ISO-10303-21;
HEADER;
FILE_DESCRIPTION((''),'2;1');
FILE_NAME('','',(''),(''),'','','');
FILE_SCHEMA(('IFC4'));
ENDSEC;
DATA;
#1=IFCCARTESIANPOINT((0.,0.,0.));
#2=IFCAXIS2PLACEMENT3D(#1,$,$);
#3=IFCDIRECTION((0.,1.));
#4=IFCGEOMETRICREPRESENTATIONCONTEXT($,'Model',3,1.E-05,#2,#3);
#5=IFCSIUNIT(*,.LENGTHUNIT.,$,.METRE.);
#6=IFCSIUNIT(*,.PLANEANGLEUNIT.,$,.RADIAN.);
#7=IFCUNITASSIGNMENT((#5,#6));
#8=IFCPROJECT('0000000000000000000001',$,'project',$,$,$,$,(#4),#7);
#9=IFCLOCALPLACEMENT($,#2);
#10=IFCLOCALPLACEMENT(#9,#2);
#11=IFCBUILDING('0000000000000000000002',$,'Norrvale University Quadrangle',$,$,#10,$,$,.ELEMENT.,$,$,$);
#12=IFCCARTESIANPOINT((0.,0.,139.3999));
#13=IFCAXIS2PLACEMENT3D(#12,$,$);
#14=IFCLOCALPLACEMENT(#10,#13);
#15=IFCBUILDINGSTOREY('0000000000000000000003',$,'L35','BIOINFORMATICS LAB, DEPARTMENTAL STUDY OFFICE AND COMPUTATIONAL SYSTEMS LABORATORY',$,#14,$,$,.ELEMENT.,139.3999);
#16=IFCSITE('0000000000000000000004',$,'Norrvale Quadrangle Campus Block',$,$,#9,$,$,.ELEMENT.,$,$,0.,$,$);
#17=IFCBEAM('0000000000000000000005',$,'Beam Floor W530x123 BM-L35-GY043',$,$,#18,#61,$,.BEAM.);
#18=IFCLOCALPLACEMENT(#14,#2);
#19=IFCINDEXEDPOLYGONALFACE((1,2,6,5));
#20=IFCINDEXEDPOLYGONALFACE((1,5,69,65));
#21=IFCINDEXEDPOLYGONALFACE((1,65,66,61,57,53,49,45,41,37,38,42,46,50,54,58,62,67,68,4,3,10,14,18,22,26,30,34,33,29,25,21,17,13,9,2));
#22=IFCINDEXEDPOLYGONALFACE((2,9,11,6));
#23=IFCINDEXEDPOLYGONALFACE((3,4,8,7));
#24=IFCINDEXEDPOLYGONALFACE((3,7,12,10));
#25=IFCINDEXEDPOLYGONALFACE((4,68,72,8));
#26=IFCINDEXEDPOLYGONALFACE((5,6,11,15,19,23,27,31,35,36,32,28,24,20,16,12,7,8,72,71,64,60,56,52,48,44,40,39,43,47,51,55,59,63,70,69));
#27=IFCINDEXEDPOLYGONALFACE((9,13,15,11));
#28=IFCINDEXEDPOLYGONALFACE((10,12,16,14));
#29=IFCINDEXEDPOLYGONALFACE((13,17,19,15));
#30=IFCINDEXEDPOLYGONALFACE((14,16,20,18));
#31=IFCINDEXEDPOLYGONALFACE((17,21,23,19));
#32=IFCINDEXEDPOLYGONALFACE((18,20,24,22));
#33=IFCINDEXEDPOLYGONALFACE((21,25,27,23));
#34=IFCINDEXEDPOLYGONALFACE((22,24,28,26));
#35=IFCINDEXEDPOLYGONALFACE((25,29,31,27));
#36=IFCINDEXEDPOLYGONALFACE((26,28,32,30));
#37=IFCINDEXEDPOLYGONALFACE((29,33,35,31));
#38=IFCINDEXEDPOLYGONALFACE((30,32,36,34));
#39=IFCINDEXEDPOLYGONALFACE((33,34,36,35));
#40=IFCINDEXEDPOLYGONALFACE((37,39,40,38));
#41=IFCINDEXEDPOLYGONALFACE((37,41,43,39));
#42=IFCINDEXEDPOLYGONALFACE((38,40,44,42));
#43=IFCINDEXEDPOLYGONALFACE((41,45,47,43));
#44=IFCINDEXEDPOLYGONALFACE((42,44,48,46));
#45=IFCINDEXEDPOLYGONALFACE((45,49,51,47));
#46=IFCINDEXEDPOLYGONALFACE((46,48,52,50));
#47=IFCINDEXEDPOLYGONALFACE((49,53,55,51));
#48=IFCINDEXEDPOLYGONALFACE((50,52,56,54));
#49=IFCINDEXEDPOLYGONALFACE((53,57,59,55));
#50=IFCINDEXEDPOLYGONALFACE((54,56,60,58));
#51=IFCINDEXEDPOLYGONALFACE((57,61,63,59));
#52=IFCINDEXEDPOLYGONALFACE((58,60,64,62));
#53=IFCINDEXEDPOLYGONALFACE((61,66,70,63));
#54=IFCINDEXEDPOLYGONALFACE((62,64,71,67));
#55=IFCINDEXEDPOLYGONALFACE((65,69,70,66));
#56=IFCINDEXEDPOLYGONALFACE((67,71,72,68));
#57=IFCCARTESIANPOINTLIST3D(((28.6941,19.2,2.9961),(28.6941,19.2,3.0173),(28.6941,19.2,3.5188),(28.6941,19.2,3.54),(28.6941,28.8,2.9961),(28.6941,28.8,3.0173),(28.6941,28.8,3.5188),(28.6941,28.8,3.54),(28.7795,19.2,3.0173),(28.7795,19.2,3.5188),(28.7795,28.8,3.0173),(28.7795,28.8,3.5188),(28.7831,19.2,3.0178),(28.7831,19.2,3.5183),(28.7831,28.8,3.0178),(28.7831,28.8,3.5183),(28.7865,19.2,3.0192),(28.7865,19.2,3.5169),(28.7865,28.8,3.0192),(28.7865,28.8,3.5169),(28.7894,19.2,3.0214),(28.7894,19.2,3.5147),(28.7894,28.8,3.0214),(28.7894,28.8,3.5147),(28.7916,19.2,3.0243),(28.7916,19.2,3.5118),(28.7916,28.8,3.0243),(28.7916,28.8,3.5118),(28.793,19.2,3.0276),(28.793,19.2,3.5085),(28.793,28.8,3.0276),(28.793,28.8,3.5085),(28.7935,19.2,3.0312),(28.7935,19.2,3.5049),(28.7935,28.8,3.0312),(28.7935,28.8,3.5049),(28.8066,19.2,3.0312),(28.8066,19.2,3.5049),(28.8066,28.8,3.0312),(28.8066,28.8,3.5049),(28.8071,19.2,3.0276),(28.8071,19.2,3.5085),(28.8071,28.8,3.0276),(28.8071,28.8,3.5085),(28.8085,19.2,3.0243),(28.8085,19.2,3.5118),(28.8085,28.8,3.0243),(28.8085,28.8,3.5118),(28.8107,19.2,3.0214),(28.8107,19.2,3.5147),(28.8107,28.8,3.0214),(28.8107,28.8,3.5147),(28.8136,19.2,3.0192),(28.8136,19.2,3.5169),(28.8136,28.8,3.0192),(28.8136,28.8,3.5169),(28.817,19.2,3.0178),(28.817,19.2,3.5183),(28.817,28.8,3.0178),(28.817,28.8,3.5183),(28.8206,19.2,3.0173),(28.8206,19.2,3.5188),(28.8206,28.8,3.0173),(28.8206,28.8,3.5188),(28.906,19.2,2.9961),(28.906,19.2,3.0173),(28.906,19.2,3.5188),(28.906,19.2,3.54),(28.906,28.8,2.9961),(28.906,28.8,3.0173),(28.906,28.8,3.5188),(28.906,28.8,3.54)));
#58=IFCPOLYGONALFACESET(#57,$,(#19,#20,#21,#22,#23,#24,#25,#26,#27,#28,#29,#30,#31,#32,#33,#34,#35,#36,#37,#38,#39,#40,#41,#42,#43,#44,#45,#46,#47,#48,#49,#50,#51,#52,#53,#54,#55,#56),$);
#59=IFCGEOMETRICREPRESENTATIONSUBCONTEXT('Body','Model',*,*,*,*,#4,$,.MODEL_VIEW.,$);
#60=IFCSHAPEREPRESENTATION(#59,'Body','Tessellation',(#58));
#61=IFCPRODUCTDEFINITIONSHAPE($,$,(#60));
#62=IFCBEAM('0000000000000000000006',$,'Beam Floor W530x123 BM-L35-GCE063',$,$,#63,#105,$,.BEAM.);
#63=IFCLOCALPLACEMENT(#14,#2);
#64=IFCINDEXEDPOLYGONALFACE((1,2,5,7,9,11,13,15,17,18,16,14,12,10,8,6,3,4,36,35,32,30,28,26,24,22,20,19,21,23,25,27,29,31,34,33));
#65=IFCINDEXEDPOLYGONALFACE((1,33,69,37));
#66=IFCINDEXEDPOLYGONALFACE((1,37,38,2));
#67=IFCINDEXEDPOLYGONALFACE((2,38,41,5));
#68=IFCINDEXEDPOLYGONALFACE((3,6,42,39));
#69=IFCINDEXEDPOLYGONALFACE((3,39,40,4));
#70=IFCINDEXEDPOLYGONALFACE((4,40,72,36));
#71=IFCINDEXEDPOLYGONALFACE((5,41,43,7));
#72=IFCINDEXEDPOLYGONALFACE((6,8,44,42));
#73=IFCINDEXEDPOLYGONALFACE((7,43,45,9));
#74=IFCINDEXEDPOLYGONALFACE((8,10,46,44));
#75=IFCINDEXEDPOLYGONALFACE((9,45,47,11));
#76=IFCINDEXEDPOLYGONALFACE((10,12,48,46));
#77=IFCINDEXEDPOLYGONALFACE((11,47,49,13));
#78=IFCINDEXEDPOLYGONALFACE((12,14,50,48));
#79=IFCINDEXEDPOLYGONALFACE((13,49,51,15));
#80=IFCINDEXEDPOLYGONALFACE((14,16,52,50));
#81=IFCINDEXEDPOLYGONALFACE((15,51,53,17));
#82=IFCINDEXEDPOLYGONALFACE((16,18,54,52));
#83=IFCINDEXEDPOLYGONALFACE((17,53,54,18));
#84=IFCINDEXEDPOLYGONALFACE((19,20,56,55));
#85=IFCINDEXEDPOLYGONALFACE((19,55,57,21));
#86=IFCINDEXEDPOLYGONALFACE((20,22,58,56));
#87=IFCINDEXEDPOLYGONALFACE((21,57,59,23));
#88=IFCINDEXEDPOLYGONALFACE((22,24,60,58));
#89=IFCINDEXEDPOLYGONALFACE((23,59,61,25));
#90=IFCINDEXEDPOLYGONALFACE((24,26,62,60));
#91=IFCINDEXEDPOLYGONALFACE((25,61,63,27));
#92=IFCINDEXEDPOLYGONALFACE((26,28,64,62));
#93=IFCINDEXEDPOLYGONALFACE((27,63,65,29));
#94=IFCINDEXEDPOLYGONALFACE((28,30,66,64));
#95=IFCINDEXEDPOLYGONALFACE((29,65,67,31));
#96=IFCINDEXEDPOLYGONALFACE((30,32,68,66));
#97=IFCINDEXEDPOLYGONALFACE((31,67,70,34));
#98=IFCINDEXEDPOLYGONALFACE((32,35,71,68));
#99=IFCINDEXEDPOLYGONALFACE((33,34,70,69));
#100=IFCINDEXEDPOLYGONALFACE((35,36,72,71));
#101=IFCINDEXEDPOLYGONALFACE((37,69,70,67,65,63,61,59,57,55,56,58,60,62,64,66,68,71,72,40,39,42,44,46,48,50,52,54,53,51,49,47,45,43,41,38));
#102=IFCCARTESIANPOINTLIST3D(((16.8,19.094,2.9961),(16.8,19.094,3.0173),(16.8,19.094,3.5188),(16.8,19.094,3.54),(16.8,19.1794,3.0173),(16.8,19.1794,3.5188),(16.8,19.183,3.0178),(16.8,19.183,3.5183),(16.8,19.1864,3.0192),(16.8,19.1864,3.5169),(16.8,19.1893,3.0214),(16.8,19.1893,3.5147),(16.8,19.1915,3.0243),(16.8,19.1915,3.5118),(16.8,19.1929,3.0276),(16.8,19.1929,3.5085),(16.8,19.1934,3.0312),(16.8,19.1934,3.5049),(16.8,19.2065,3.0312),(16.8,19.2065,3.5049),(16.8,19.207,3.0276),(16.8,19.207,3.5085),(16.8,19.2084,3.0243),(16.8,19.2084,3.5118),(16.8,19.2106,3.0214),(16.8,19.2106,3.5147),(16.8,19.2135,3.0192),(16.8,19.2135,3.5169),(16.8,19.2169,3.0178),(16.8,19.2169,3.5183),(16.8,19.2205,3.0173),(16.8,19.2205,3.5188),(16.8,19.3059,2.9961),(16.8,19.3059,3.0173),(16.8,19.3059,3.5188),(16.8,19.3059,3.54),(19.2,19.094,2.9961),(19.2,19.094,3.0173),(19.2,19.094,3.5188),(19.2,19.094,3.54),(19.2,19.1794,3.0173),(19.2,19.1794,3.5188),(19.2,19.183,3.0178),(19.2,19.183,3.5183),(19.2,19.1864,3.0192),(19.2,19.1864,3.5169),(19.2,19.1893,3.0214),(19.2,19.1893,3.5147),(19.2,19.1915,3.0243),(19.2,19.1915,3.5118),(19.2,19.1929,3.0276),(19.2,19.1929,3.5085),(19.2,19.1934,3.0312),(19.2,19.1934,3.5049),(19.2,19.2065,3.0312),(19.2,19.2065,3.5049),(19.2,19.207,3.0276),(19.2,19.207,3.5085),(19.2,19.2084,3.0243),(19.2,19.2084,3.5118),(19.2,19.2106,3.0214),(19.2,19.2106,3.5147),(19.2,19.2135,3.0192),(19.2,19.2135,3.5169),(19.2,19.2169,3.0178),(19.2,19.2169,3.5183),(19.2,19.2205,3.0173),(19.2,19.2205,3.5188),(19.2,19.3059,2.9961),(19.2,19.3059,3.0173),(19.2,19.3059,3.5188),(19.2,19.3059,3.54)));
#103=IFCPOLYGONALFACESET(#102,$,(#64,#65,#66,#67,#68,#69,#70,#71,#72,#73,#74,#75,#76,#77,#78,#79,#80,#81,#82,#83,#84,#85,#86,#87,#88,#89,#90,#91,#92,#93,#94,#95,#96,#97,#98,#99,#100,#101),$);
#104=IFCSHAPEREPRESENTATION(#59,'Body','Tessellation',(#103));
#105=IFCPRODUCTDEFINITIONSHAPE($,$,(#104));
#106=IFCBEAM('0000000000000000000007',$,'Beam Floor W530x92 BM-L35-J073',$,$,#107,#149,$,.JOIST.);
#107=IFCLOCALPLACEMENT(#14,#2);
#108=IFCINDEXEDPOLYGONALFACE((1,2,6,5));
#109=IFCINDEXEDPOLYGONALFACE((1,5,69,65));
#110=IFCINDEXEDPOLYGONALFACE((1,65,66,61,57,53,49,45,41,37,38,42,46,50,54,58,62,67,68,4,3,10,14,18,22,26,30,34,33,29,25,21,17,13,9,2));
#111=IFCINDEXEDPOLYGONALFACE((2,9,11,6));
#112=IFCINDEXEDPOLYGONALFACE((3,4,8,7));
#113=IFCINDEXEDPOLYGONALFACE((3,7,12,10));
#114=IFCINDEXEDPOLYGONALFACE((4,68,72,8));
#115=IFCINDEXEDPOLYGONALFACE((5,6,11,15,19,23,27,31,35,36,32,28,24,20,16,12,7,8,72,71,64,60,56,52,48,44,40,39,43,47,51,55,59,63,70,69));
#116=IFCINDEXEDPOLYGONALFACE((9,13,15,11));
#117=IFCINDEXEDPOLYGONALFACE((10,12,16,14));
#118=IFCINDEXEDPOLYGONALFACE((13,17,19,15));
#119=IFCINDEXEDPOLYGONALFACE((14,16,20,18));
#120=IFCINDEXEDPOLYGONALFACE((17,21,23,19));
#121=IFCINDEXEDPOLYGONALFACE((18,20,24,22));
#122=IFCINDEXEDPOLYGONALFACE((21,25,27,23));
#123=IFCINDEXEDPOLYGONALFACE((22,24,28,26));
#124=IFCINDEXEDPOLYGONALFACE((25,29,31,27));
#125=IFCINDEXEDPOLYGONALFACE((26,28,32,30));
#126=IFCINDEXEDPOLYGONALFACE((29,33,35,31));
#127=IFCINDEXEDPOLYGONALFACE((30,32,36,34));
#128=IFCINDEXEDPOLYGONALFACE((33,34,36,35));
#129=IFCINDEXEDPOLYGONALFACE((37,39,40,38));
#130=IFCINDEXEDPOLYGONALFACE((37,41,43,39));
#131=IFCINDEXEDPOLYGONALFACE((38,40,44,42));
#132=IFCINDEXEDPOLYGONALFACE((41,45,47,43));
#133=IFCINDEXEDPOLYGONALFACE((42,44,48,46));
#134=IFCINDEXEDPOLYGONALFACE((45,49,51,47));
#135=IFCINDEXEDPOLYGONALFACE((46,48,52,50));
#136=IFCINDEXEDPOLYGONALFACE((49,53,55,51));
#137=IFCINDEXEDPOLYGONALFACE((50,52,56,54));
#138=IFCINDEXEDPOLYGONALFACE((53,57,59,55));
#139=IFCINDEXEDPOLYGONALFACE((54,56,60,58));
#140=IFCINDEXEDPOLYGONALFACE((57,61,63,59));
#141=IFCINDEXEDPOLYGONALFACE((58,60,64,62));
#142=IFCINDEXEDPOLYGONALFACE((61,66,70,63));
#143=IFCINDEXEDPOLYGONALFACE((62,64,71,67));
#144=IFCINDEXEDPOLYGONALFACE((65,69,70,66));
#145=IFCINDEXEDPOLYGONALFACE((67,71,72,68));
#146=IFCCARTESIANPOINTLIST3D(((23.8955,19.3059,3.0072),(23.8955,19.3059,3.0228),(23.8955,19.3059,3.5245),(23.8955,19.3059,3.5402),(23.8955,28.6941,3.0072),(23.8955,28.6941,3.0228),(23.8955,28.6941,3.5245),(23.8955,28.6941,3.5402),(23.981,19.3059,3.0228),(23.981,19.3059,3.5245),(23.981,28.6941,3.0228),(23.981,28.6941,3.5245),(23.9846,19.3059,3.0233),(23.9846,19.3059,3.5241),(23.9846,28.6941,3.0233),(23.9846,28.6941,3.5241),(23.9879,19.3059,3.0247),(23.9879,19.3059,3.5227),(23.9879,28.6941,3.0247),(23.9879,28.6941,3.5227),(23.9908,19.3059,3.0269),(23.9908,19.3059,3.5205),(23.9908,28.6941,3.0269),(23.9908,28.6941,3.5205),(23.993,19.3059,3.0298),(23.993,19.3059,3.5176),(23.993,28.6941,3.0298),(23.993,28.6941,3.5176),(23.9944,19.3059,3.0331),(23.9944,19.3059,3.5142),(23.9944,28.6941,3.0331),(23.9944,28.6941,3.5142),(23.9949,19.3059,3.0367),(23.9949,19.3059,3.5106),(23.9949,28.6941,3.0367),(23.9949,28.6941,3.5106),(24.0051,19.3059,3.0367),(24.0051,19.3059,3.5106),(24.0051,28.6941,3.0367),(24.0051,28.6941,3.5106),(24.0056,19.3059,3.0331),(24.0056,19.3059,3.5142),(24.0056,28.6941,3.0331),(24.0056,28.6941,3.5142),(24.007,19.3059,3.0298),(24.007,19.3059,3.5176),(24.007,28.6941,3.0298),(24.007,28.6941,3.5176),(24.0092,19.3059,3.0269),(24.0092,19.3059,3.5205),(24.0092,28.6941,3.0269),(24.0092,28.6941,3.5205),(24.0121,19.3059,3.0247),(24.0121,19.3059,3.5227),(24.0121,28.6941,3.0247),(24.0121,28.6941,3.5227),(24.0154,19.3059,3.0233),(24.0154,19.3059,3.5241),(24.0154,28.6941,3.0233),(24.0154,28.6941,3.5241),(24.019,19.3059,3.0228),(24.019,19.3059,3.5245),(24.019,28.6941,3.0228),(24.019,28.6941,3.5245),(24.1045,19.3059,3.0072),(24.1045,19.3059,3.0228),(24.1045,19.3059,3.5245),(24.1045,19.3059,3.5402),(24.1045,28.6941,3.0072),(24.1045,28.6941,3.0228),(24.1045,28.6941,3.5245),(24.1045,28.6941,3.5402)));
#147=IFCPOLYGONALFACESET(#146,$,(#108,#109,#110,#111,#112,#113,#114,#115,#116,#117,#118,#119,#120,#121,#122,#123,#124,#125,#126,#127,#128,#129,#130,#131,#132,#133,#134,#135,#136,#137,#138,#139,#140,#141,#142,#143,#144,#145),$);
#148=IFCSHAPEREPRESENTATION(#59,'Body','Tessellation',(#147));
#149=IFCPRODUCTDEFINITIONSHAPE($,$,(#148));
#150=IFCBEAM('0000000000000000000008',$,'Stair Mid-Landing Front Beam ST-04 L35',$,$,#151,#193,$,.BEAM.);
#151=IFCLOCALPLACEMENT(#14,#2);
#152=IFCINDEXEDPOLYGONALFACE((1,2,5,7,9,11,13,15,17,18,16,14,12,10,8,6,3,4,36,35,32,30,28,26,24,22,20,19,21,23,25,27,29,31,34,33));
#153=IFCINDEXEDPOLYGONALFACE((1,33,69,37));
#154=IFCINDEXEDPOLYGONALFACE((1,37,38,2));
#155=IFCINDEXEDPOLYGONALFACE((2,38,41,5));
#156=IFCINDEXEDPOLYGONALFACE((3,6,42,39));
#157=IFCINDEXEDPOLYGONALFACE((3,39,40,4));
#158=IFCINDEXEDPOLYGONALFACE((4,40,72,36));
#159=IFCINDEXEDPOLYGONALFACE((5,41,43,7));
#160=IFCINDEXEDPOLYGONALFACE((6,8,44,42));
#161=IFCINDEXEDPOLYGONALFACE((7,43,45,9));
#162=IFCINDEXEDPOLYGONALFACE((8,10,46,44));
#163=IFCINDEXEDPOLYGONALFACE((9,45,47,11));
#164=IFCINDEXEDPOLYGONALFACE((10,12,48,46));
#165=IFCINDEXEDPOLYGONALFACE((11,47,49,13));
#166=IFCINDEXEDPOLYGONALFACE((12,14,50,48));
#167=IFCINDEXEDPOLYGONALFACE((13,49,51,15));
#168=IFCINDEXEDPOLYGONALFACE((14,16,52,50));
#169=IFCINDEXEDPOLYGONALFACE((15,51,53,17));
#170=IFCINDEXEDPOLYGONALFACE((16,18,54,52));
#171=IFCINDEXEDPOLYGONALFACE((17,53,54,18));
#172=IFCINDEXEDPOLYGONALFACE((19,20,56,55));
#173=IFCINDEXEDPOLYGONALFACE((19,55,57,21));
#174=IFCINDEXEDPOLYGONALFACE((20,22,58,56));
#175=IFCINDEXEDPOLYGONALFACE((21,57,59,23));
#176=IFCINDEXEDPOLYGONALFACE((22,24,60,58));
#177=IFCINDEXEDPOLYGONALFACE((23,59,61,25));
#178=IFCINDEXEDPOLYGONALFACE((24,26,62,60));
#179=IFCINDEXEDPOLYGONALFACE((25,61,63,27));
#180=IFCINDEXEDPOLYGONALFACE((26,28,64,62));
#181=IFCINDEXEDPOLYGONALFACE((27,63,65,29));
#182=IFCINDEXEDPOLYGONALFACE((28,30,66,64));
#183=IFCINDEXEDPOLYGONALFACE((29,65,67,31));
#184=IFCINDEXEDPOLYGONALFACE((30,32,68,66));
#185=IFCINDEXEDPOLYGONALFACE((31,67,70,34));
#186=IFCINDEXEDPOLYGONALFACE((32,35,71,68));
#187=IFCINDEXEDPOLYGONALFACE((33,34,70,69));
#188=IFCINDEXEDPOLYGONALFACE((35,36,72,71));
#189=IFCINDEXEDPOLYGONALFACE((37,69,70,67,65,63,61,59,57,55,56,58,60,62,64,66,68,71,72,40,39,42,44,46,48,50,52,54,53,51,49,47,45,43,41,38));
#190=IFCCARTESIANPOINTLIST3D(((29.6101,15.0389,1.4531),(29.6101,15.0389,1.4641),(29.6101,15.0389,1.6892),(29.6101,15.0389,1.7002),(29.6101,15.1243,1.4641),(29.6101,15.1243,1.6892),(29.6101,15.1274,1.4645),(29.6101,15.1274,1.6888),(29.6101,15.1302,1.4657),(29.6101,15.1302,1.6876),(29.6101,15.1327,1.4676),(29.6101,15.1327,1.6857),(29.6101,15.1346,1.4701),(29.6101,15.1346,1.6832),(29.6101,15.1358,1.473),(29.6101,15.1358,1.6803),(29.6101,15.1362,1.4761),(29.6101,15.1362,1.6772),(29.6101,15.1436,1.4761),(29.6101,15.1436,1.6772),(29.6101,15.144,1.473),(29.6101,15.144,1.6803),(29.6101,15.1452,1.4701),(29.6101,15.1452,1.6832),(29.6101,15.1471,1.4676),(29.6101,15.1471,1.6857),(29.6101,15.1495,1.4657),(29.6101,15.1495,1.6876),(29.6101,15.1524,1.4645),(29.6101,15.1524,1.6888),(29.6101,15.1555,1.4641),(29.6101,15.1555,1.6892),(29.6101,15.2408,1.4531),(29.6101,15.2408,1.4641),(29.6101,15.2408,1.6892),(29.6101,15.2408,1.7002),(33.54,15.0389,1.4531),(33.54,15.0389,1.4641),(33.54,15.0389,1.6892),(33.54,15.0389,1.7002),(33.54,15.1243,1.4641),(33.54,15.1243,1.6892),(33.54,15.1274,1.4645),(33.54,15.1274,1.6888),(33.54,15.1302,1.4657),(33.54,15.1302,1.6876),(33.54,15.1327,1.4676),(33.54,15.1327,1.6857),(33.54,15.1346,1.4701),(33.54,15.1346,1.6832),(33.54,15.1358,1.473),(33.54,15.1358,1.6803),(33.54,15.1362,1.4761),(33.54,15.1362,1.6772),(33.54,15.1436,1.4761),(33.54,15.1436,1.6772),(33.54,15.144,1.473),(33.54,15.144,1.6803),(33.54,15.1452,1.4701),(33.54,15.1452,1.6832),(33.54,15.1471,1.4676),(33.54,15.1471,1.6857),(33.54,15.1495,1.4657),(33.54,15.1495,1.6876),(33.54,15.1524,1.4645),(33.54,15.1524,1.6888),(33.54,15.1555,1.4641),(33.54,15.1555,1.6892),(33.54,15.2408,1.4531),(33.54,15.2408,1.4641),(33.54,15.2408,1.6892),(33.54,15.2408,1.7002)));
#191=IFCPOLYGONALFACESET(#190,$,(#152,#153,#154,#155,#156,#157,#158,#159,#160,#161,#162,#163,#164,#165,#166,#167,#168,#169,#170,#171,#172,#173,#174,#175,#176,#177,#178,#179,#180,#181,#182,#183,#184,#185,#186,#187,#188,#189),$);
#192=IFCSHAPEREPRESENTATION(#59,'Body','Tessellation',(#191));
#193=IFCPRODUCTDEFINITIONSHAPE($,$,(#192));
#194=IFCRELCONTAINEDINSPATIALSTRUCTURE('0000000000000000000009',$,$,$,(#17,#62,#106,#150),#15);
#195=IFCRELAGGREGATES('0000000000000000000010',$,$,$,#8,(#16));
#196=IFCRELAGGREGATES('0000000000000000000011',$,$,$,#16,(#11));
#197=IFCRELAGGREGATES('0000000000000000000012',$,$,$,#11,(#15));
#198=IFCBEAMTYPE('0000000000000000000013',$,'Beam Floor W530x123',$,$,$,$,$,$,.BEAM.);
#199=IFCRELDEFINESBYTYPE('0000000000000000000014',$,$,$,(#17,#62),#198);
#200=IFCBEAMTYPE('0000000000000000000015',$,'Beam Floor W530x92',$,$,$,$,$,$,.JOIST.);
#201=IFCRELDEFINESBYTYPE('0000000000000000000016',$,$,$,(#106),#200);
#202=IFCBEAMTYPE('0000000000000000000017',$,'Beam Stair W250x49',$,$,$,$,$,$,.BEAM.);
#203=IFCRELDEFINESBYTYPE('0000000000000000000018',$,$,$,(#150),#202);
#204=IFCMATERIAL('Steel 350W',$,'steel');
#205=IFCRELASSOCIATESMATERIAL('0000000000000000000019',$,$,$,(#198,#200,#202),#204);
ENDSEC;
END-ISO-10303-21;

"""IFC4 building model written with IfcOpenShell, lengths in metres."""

from ifc_helpers import new_model, si_unit, direction, frame, origin, origin_2d, place, context, subcontext, project, spatial, i_section, extrude, material, material_profile, profile_set, type_object, element, save


model = new_model("IFC4")

# Units and contexts
model_context = context("Model", 3, precision=1e-05, world=origin(), true_north=direction((0.0, 1.0)))
body_context = subcontext(model_context, "Body", "Model", "MODEL_VIEW")
ifc_project = project(units=[si_unit("LENGTHUNIT", "METRE"), si_unit("PLANEANGLEUNIT", "RADIAN")], contexts=[model_context])

# Site, building, storey
site_placement = place(None, origin())
site = spatial("IfcSite", under=ifc_project, at=site_placement, Name="Norrvale Quadrangle Campus Block", CompositionType="ELEMENT", RefElevation=0.0)
building_placement = place(site_placement, origin())
building = spatial("IfcBuilding", under=site, at=building_placement, Name="Norrvale University Quadrangle", CompositionType="ELEMENT")
storey_placement = place(building_placement, frame((0.0, 0.0, 139.3999)))
storey = spatial("IfcBuildingStorey", under=building, at=storey_placement, Name="L35", Description="BIOINFORMATICS LAB, DEPARTMENTAL STUDY OFFICE AND COMPUTATIONAL SYSTEMS LABORATORY", CompositionType="ELEMENT", Elevation=139.3999)

# Beams
ifc_material_1 = material(Name="Steel 350W", Category="steel")
ifc_material_profile_1 = material_profile(ifc_material_1, i_section(OverallWidth=0.2119, OverallDepth=0.5439, WebThickness=0.0132, FlangeThickness=0.0212, FilletRadius=0.0139, at=origin_2d()), Name="Steel 350W")
ifc_profile_set_1 = profile_set([ifc_material_profile_1], Name="Steel 350W")
beam_type_1 = type_object("IfcBeamType", Name="Beam Floor W530x123", PredefinedType="BEAM", material=ifc_profile_set_1)
for number, where, z_axis, x_axis, name in (
    (1, (28.8, 19.2, 3.2681), (0.0, 1.0, 0.0), (-1.0, 0.0, 0.0), "Beam Floor W530x123 BM-L35-GY043"),
):
    element("IfcBeam", number, at=place(storey_placement, frame(where, z_axis=z_axis, x_axis=x_axis)), inside=storey, type_object=beam_type_1, Name=name, PredefinedType="BEAM", context=body_context, shape_type="SweptSolid", body=[
        extrude(i_section(OverallWidth=0.2119, OverallDepth=0.5439, WebThickness=0.0132, FlangeThickness=0.0212, FilletRadius=0.0139, at=origin_2d()), origin(), (0.0, 0.0, 1.0), 9.6001),
    ])
beam_1_placement = place(storey_placement, frame((16.8, 19.2, 3.2681), z_axis=(1.0, 0.0, 0.0), x_axis=(0.0, 1.0, 0.0)))
element("IfcBeam", 2, at=beam_1_placement, inside=storey, type_object=beam_type_1, Name="Beam Floor W530x123 BM-L35-GCE063", PredefinedType="BEAM", context=body_context, shape_type="SweptSolid", body=[
    extrude(i_section(OverallWidth=0.2119, OverallDepth=0.5439, WebThickness=0.0132, FlangeThickness=0.0212, FilletRadius=0.0139, at=origin_2d()), origin(), (0.0, 0.0, 1.0), 2.3999),
])
ifc_material_profile_2 = material_profile(ifc_material_1, i_section(OverallWidth=0.209, OverallDepth=0.533, WebThickness=0.0103, FlangeThickness=0.0156, FilletRadius=0.0139, at=origin_2d()), Name="Steel 350W")
ifc_profile_set_2 = profile_set([ifc_material_profile_2], Name="Steel 350W")
beam_type_2 = type_object("IfcBeamType", Name="Beam Floor W530x92", PredefinedType="JOIST", material=ifc_profile_set_2)
beam_2_placement = place(storey_placement, frame((24.0, 19.3059, 3.2737), z_axis=(0.0, 1.0, 0.0), x_axis=(-1.0, 0.0, 0.0)))
element("IfcBeam", 3, at=beam_2_placement, inside=storey, type_object=beam_type_2, Name="Beam Floor W530x92 BM-L35-J073", PredefinedType="JOIST", context=body_context, shape_type="SweptSolid", body=[
    extrude(i_section(OverallWidth=0.209, OverallDepth=0.533, WebThickness=0.0103, FlangeThickness=0.0156, FilletRadius=0.0139, at=origin_2d()), origin(), (0.0, 0.0, 1.0), 9.3882),
])
ifc_material_profile_3 = material_profile(ifc_material_1, i_section(OverallWidth=0.2019, OverallDepth=0.2471, WebThickness=0.0073, FlangeThickness=0.011, FilletRadius=0.012, at=origin_2d()), Name="Steel 350W")
ifc_profile_set_3 = profile_set([ifc_material_profile_3], Name="Steel 350W")
beam_type_3 = type_object("IfcBeamType", Name="Beam Stair W250x49", PredefinedType="BEAM", material=ifc_profile_set_3)
for number, where, z_axis, x_axis, name in (
    (4, (29.6101, 15.1399, 1.5767), (1.0, 0.0, 0.0), (0.0, 1.0, 0.0), "Stair Mid-Landing Front Beam ST-04 L35"),
):
    element("IfcBeam", number, at=place(storey_placement, frame(where, z_axis=z_axis, x_axis=x_axis)), inside=storey, type_object=beam_type_3, Name=name, PredefinedType="BEAM", context=body_context, shape_type="SweptSolid", body=[
        extrude(i_section(OverallWidth=0.2019, OverallDepth=0.2471, WebThickness=0.0073, FlangeThickness=0.011, FilletRadius=0.012, at=origin_2d()), origin(), (0.0, 0.0, 1.0), 3.9299),
    ])

save(model, "model.ifc")
